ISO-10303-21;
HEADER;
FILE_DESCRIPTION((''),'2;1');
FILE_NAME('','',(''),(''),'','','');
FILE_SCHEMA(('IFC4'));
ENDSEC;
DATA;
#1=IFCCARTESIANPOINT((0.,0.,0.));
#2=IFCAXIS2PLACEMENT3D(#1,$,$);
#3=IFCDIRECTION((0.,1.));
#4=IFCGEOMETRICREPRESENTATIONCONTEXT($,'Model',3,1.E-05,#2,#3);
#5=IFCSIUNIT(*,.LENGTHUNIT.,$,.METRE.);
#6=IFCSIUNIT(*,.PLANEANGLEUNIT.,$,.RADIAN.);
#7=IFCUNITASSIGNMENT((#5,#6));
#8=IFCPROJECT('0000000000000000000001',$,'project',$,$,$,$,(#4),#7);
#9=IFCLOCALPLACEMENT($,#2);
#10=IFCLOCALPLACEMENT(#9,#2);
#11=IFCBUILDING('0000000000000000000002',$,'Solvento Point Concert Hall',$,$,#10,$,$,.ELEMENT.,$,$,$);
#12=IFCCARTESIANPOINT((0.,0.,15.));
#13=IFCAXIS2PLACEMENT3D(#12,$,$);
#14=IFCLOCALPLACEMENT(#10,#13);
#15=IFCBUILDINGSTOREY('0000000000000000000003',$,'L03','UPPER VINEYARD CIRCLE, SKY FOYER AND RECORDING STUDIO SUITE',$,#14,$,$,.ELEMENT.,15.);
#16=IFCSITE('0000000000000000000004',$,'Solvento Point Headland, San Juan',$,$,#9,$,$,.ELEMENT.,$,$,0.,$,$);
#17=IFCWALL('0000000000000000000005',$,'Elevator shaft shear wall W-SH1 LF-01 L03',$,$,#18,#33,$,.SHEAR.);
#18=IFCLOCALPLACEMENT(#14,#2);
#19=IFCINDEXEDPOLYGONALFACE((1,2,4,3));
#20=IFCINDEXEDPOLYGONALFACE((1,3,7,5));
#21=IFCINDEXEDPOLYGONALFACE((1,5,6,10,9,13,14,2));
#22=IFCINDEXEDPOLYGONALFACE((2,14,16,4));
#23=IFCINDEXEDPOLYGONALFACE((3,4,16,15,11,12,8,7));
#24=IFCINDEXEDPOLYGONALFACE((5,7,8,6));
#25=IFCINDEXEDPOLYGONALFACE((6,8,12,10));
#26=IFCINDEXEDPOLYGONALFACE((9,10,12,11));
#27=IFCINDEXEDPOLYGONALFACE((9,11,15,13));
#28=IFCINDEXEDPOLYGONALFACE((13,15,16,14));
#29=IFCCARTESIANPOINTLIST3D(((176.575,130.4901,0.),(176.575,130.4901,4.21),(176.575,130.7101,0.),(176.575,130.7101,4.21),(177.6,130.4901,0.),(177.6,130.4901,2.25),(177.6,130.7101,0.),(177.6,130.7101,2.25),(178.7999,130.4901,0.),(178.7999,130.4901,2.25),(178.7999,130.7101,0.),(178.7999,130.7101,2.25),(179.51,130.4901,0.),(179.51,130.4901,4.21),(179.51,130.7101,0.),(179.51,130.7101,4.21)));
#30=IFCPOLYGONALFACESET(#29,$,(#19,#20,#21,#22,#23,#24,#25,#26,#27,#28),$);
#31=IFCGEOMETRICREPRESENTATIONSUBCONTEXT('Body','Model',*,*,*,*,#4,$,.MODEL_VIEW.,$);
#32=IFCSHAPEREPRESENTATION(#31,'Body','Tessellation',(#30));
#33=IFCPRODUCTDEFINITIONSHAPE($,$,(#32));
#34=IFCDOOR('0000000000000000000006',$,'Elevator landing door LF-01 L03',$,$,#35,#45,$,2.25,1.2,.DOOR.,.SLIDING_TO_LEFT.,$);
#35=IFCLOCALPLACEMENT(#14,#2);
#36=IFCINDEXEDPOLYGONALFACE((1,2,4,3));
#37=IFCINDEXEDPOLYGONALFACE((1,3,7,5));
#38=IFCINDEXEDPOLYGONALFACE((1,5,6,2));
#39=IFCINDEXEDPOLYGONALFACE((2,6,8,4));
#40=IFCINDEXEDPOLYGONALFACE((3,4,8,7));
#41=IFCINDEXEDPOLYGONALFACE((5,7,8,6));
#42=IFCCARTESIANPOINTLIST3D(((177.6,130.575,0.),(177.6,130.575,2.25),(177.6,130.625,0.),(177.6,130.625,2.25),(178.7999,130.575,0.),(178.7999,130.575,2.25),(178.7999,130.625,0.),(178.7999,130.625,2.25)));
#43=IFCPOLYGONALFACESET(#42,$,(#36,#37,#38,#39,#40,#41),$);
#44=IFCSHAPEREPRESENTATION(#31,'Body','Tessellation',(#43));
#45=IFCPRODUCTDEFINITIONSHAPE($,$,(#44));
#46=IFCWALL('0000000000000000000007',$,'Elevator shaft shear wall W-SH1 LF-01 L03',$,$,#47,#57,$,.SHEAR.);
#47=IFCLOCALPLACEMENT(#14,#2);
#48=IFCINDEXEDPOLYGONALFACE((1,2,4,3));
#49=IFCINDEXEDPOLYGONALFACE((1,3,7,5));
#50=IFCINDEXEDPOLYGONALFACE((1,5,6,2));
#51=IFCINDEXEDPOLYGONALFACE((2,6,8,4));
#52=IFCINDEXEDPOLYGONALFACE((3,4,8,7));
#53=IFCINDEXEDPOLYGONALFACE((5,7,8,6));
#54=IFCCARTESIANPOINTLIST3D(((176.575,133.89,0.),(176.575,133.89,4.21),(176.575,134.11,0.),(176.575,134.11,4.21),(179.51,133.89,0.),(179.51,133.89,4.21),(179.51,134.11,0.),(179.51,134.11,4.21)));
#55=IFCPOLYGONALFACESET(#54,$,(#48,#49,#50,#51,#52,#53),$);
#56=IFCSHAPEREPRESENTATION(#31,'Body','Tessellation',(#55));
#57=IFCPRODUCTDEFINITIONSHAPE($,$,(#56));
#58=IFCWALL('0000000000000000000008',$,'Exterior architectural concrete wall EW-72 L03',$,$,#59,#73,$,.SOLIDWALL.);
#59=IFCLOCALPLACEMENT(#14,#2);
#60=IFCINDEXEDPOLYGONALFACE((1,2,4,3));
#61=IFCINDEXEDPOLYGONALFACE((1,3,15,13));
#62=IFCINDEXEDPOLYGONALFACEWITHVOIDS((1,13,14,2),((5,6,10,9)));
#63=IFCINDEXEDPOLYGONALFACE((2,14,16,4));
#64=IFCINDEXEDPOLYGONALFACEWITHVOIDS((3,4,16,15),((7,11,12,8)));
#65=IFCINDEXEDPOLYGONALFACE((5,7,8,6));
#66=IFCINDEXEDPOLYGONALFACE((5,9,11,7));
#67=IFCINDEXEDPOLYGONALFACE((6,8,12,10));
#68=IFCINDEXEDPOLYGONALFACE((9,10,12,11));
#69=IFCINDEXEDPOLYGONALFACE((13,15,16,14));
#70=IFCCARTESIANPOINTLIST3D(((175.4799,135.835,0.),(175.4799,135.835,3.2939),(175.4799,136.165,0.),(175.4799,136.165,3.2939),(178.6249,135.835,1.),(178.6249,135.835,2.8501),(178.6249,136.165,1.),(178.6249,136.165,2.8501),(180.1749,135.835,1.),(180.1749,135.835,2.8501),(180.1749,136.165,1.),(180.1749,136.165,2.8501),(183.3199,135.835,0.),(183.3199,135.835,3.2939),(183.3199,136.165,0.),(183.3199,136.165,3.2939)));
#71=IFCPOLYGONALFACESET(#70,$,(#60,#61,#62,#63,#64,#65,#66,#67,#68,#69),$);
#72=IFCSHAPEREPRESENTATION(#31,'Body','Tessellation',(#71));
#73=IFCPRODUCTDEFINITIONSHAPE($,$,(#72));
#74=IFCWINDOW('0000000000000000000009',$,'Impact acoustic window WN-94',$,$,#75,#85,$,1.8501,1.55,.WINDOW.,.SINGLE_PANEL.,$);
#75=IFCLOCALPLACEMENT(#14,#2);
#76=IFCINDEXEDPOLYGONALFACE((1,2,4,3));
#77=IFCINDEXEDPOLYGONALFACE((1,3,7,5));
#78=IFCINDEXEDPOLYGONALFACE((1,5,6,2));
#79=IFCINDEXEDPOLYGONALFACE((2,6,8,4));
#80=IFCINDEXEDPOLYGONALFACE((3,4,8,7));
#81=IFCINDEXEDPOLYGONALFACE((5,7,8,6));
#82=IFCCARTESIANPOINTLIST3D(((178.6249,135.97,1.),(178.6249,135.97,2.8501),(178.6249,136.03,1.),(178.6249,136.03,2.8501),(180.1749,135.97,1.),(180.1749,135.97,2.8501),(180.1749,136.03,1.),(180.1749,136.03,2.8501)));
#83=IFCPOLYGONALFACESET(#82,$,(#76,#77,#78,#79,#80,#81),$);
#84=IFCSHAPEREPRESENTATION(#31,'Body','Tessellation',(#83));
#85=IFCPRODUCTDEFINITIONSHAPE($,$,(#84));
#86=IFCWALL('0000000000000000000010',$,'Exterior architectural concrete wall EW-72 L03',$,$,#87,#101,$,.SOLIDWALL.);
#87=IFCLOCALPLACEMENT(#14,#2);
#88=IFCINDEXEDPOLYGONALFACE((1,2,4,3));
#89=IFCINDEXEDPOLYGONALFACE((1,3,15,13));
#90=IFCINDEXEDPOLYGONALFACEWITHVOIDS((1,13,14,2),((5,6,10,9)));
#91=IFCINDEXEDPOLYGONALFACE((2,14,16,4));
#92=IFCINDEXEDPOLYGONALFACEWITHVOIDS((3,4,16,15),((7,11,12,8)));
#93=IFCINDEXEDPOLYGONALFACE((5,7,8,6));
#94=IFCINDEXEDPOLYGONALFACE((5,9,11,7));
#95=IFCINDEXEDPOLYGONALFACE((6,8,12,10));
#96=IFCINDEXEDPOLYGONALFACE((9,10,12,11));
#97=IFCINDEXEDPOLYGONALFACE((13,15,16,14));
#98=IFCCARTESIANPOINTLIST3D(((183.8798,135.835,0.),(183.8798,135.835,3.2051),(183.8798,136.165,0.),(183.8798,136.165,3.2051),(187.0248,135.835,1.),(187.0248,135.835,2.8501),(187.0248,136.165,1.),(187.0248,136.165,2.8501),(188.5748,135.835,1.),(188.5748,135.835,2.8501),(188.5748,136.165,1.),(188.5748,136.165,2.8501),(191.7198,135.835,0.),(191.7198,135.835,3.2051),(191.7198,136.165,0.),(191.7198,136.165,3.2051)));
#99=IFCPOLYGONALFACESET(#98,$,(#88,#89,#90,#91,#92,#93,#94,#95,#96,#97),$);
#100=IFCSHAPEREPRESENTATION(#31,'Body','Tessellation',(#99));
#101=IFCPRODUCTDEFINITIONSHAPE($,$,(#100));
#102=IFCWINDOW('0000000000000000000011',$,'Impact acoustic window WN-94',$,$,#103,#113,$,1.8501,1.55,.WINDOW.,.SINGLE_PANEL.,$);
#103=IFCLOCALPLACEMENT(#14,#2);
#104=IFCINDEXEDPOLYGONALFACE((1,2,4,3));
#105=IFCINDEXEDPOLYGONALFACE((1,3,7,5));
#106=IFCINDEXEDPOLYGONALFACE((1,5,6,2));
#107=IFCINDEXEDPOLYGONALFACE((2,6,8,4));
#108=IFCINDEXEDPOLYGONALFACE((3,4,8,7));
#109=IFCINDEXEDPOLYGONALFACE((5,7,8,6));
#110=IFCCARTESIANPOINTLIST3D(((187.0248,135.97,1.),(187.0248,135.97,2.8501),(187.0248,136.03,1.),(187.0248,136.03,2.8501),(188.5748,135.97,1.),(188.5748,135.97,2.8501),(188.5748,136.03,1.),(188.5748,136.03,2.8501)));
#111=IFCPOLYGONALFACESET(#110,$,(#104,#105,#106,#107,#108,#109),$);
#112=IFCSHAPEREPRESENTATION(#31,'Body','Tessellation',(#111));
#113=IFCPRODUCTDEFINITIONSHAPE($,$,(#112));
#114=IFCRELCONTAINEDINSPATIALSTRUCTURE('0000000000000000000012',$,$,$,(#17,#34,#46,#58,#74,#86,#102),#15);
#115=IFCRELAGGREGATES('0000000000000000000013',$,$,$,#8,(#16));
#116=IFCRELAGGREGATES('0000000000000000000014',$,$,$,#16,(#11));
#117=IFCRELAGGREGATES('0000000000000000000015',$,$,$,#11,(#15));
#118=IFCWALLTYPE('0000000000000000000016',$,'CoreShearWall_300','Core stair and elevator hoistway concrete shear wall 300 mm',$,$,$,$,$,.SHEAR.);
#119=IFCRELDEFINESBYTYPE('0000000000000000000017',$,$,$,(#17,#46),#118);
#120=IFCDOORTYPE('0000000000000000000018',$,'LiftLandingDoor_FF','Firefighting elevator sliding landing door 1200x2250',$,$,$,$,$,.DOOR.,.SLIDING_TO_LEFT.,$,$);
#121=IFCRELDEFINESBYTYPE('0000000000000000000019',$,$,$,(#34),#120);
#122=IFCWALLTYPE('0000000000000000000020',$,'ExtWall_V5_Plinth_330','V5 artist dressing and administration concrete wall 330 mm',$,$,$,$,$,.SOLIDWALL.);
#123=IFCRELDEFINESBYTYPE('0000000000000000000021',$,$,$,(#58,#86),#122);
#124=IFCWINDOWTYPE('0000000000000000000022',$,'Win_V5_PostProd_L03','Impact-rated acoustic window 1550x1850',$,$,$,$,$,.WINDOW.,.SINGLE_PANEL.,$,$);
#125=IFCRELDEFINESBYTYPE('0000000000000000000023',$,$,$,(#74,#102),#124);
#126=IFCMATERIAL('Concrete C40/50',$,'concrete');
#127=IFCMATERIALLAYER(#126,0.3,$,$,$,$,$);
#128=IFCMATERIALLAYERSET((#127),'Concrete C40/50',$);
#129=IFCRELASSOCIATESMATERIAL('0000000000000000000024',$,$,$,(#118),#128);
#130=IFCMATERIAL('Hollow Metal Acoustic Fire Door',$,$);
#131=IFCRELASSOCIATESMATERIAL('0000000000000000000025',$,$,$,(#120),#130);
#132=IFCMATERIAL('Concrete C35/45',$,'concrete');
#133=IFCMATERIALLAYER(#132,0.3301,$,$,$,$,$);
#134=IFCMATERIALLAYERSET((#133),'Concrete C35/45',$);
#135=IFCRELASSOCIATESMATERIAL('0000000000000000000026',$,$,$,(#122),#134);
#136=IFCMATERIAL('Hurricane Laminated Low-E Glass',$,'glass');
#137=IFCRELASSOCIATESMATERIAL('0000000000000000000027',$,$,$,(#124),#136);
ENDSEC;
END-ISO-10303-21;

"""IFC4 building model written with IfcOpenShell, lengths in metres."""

from ifc_helpers import new_model, si_unit, direction, frame, frame_2d, origin, place, context, subcontext, project, spatial, rectangle, extrude, material, layer, layer_set, type_object, element, fill, save


model = new_model("IFC4")

# Units and contexts
model_context = context("Model", 3, precision=1e-05, world=origin(), true_north=direction((0.0, 1.0)))
body_context = subcontext(model_context, "Body", "Model", "MODEL_VIEW")
ifc_project = project(units=[si_unit("LENGTHUNIT", "METRE"), si_unit("PLANEANGLEUNIT", "RADIAN")], contexts=[model_context])

# Site, building, storey
site_placement = place(None, origin())
site = spatial("IfcSite", under=ifc_project, at=site_placement, Name="Solvento Point Headland, San Juan", CompositionType="ELEMENT", RefElevation=0.0)
building_placement = place(site_placement, origin())
building = spatial("IfcBuilding", under=site, at=building_placement, Name="Solvento Point Concert Hall", CompositionType="ELEMENT")
storey_placement = place(building_placement, frame((0.0, 0.0, 15.0)))
storey = spatial("IfcBuildingStorey", under=building, at=storey_placement, Name="L03", Description="UPPER VINEYARD CIRCLE, SKY FOYER AND RECORDING STUDIO SUITE", CompositionType="ELEMENT", Elevation=15.0)

# Shared definitions
ifc_material_1 = material(Name="Concrete C40/50", Category="concrete")
ifc_layer_1 = layer(ifc_material_1, 0.3)
ifc_layer_set_1 = layer_set([ifc_layer_1], Name="Concrete C40/50")
wall_type_1 = type_object("IfcWallType", Name="CoreShearWall_300", Description="Core stair and elevator hoistway concrete shear wall 300 mm", PredefinedType="SHEAR", material=ifc_layer_set_1)

# Wall, opening, door
wall_1_placement = place(storey_placement, frame((176.575, 130.6001, 0.0), z_axis=(0.0, 0.0, 1.0), x_axis=(1.0, 0.0, 0.0)))
wall_1 = element("IfcWall", 1, at=wall_1_placement, inside=storey, type_object=wall_type_1, Name="Elevator shaft shear wall W-SH1 LF-01 L03", PredefinedType="SHEAR", context=body_context, shape_type="SweptSolid", body=[
    extrude(rectangle(XDim=2.9351, YDim=0.22, at=frame_2d((1.4675, 0.0))), origin(), (0.0, 0.0, 1.0), 4.21),
])
opening_1_placement = place(wall_1_placement, frame((1.0249, 0.0, 0.0)))
opening_1 = element("IfcOpeningElement", 2, at=opening_1_placement, cuts=wall_1, PredefinedType="OPENING", context=body_context, shape_type="SweptSolid", body=[
    extrude(rectangle(XDim=1.2, YDim=2.25, at=frame_2d((0.6001, 1.125))), frame((0.0, 0.1199, 0.0), z_axis=(0.0, -1.0, 0.0), x_axis=(1.0, 0.0, 0.0)), (0.0, 0.0, 1.0), 0.24),
])
ifc_material_2 = material(Name="Hollow Metal Acoustic Fire Door")
door_type = type_object("IfcDoorType", Name="LiftLandingDoor_FF", Description="Firefighting elevator sliding landing door 1200x2250", OperationType="SLIDING_TO_LEFT", PredefinedType="DOOR", material=ifc_material_2)
door_placement = place(opening_1_placement, origin())
door = element("IfcDoor", 3, at=door_placement, inside=storey, type_object=door_type, Name="Elevator landing door LF-01 L03", OperationType="SLIDING_TO_LEFT", OverallHeight=2.25, OverallWidth=1.2, PredefinedType="DOOR", context=body_context, shape_type="SweptSolid", body=[
    extrude(rectangle(XDim=1.2, YDim=2.25, at=frame_2d((0.6001, 1.125))), frame((0.0, 0.0249, 0.0), z_axis=(0.0, -1.0, 0.0), x_axis=(1.0, 0.0, 0.0)), (0.0, 0.0, 1.0), 0.05),
])
fill(opening_1, door)

# Wall
wall_2_placement = place(storey_placement, frame((176.575, 134.0, 0.0), z_axis=(0.0, 0.0, 1.0), x_axis=(1.0, 0.0, 0.0)))
element("IfcWall", 4, at=wall_2_placement, inside=storey, type_object=wall_type_1, Name="Elevator shaft shear wall W-SH1 LF-01 L03", PredefinedType="SHEAR", context=body_context, shape_type="SweptSolid", body=[
    extrude(rectangle(XDim=2.9351, YDim=0.22, at=frame_2d((1.4675, 0.0))), origin(), (0.0, 0.0, 1.0), 4.21),
])

# Walls, openings, windows
ifc_material_3 = material(Name="Concrete C35/45", Category="concrete")
ifc_layer_2 = layer(ifc_material_3, 0.3301)
ifc_layer_set_2 = layer_set([ifc_layer_2], Name="Concrete C35/45")
wall_type_2 = type_object("IfcWallType", Name="ExtWall_V5_Plinth_330", Description="V5 artist dressing and administration concrete wall 330 mm", PredefinedType="SOLIDWALL", material=ifc_layer_set_2)
wall_3_placement = place(storey_placement, frame((175.48, 136.0, 0.0), z_axis=(0.0, 0.0, 1.0), x_axis=(1.0, 0.0, 0.0)))
wall_3 = element("IfcWall", 5, at=wall_3_placement, inside=storey, type_object=wall_type_2, Name="Exterior architectural concrete wall EW-72 L03", PredefinedType="SOLIDWALL", context=body_context, shape_type="SweptSolid", body=[
    extrude(rectangle(XDim=7.8401, YDim=0.3301, at=frame_2d((3.9199, 0.0))), origin(), (0.0, 0.0, 1.0), 3.2939),
])
opening_2_placement = place(wall_3_placement, frame((3.145, 0.0, 1.0)))
opening_2 = element("IfcOpeningElement", 6, at=opening_2_placement, cuts=wall_3, PredefinedType="OPENING", context=body_context, shape_type="SweptSolid", body=[
    extrude(rectangle(XDim=1.55, YDim=1.8501, at=frame_2d((0.7749, 0.925))), frame((0.0, 0.175, 0.0), z_axis=(0.0, -1.0, 0.0), x_axis=(1.0, 0.0, 0.0)), (0.0, 0.0, 1.0), 0.3501),
])
ifc_material_4 = material(Name="Hurricane Laminated Low-E Glass", Category="glass")
window_type = type_object("IfcWindowType", Name="Win_V5_PostProd_L03", Description="Impact-rated acoustic window 1550x1850", PartitioningType="SINGLE_PANEL", PredefinedType="WINDOW", material=ifc_material_4)
window_1_placement = place(opening_2_placement, origin())
window_1 = element("IfcWindow", 7, at=window_1_placement, inside=storey, type_object=window_type, Name="Impact acoustic window WN-94", OverallHeight=1.8501, OverallWidth=1.55, PartitioningType="SINGLE_PANEL", PredefinedType="WINDOW", context=body_context, shape_type="SweptSolid", body=[
    extrude(rectangle(XDim=1.55, YDim=1.8501, at=frame_2d((0.7749, 0.925))), frame((0.0, 0.03, 0.0), z_axis=(0.0, -1.0, 0.0), x_axis=(1.0, 0.0, 0.0)), (0.0, 0.0, 1.0), 0.0601),
])
fill(opening_2, window_1)
wall_4_placement = place(storey_placement, frame((183.8799, 136.0, 0.0), z_axis=(0.0, 0.0, 1.0), x_axis=(1.0, 0.0, 0.0)))
wall_4 = element("IfcWall", 8, at=wall_4_placement, inside=storey, type_object=wall_type_2, Name="Exterior architectural concrete wall EW-72 L03", PredefinedType="SOLIDWALL", context=body_context, shape_type="SweptSolid", body=[
    extrude(rectangle(XDim=7.8401, YDim=0.3301, at=frame_2d((3.9199, 0.0))), origin(), (0.0, 0.0, 1.0), 3.2051),
])
opening_3_placement = place(wall_4_placement, frame((3.145, 0.0, 1.0)))
opening_3 = element("IfcOpeningElement", 9, at=opening_3_placement, cuts=wall_4, PredefinedType="OPENING", context=body_context, shape_type="SweptSolid", body=[
    extrude(rectangle(XDim=1.55, YDim=1.8501, at=frame_2d((0.7749, 0.925))), frame((0.0, 0.175, 0.0), z_axis=(0.0, -1.0, 0.0), x_axis=(1.0, 0.0, 0.0)), (0.0, 0.0, 1.0), 0.3501),
])
window_2_placement = place(opening_3_placement, origin())
window_2 = element("IfcWindow", 10, at=window_2_placement, inside=storey, type_object=window_type, Name="Impact acoustic window WN-94", OverallHeight=1.8501, OverallWidth=1.55, PartitioningType="SINGLE_PANEL", PredefinedType="WINDOW", context=body_context, shape_type="SweptSolid", body=[
    extrude(rectangle(XDim=1.55, YDim=1.8501, at=frame_2d((0.7749, 0.925))), frame((0.0, 0.03, 0.0), z_axis=(0.0, -1.0, 0.0), x_axis=(1.0, 0.0, 0.0)), (0.0, 0.0, 1.0), 0.0601),
])
fill(opening_3, window_2)

save(model, "model.ifc")
